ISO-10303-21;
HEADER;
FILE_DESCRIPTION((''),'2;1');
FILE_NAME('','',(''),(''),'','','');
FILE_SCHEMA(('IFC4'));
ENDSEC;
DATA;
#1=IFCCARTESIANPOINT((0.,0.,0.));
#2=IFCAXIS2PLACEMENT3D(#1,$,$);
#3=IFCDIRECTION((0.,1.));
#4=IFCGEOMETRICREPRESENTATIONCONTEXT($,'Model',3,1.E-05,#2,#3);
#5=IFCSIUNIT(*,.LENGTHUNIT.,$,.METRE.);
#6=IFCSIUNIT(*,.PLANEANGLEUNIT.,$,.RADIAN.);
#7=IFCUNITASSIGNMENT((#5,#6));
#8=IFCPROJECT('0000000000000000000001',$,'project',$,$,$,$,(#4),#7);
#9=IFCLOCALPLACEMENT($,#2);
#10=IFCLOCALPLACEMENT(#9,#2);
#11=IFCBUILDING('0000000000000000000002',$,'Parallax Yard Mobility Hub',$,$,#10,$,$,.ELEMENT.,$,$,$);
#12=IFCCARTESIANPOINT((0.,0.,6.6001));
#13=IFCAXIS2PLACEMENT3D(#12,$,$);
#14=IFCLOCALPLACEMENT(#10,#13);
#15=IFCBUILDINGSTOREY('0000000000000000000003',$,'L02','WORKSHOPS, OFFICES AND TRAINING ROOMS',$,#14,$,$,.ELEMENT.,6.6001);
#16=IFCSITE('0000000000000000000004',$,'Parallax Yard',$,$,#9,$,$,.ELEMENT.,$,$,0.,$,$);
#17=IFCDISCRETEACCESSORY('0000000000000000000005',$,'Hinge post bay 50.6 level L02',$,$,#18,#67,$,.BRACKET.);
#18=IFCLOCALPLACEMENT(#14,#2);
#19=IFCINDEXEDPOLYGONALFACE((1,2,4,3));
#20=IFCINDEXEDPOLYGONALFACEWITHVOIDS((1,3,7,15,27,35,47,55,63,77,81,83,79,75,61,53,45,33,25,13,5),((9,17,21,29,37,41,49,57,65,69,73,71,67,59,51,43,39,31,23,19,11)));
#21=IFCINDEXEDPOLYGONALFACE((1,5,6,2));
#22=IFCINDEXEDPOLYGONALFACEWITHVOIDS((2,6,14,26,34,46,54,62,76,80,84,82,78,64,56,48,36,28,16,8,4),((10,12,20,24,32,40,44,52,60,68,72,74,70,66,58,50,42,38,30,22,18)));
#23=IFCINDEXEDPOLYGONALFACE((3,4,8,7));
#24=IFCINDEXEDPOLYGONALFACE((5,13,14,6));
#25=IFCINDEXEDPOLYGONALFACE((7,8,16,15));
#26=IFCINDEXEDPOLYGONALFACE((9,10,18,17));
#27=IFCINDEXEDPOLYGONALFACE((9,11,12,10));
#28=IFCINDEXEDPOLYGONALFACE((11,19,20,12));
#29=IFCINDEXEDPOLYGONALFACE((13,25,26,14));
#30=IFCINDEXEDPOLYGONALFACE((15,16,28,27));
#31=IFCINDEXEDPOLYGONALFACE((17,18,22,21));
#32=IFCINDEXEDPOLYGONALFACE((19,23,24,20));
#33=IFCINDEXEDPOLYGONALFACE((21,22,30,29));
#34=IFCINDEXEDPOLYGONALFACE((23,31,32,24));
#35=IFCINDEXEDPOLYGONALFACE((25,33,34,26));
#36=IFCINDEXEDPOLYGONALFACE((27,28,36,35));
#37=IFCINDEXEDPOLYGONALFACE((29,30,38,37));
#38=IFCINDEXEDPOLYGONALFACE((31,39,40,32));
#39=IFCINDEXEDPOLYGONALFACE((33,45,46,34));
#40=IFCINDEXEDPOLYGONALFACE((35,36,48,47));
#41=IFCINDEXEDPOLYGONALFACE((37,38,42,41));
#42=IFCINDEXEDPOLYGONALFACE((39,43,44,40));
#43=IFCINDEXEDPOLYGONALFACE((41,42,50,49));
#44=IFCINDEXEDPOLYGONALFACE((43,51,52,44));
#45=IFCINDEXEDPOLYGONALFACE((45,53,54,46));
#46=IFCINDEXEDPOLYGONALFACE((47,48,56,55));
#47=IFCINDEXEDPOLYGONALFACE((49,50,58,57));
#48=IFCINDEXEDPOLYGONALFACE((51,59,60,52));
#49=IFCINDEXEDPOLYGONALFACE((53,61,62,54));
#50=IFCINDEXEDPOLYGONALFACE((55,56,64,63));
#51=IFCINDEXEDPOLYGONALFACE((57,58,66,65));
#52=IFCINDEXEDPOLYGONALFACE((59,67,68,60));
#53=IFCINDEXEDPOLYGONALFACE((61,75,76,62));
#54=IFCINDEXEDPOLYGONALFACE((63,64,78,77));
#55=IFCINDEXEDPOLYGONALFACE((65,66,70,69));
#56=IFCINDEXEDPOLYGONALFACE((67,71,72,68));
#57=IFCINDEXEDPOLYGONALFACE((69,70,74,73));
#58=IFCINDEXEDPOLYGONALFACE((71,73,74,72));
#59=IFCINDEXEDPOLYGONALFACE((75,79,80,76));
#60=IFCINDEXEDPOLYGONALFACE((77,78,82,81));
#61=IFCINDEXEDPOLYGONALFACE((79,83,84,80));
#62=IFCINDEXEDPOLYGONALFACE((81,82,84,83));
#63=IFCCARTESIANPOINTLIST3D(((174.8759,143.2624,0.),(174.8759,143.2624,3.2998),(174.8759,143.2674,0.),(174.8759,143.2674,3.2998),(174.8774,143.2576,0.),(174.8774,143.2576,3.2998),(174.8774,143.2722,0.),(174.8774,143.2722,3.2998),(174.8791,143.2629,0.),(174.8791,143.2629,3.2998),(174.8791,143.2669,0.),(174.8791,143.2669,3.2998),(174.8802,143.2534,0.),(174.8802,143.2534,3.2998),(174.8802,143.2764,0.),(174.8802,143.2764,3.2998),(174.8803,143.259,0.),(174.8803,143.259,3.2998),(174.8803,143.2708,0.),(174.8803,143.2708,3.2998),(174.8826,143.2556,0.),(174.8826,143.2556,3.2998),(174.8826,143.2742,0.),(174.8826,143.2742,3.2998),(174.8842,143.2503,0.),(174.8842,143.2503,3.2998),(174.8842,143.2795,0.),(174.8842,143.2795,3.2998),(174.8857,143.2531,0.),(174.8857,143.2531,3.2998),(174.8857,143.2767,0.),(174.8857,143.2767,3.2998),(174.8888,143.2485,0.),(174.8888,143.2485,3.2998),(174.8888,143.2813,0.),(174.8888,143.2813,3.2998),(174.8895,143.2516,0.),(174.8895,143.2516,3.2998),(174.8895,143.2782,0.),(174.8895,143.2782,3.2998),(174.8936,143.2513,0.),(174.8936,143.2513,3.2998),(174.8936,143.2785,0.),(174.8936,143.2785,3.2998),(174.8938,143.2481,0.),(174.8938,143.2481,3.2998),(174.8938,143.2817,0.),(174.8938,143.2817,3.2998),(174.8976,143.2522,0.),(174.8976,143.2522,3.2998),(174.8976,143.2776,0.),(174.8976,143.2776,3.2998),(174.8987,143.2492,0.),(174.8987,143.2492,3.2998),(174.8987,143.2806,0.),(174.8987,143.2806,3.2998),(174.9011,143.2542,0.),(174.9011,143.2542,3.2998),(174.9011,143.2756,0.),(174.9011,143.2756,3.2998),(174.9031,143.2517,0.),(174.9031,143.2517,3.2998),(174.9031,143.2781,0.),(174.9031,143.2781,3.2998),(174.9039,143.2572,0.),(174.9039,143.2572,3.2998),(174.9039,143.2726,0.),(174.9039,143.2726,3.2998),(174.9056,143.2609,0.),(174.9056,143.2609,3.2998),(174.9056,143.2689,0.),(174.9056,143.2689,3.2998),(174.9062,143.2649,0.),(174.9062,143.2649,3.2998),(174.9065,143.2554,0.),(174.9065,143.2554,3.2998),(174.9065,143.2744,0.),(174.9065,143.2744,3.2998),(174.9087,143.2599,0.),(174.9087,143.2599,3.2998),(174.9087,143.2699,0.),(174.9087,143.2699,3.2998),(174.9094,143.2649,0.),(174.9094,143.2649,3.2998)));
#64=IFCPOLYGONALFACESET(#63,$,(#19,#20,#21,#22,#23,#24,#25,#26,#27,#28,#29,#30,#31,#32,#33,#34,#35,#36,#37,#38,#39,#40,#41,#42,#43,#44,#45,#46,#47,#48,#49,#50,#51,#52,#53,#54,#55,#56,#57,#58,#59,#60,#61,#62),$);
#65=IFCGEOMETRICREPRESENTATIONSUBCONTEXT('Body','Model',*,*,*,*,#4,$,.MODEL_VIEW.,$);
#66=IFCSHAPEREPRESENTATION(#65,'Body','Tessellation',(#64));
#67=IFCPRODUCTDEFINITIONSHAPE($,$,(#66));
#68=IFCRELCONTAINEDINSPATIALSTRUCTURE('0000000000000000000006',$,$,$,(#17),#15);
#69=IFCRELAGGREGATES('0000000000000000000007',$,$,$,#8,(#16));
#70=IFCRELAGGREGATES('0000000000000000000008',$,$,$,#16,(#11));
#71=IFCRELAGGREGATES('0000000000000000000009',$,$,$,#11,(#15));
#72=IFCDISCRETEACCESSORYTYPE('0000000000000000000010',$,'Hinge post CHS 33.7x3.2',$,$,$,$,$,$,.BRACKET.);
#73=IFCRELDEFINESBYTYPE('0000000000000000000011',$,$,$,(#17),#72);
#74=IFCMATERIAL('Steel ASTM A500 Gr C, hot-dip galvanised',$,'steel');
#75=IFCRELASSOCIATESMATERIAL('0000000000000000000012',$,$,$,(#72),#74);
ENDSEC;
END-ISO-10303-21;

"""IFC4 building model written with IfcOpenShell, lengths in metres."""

from ifc_helpers import new_model, si_unit, direction, frame, origin, origin_2d, place, context, subcontext, project, spatial, hollow_circle, extrude, material, material_profile, profile_set, type_object, element, save


model = new_model("IFC4")

# Units and contexts
model_context = context("Model", 3, precision=1e-05, world=origin(), true_north=direction((0.0, 1.0)))
body_context = subcontext(model_context, "Body", "Model", "MODEL_VIEW")
ifc_project = project(units=[si_unit("LENGTHUNIT", "METRE"), si_unit("PLANEANGLEUNIT", "RADIAN")], contexts=[model_context])

# Site, building, storey
site_placement = place(None, origin())
site = spatial("IfcSite", under=ifc_project, at=site_placement, Name="Parallax Yard", CompositionType="ELEMENT", RefElevation=0.0)
building_placement = place(site_placement, origin())
building = spatial("IfcBuilding", under=site, at=building_placement, Name="Parallax Yard Mobility Hub", CompositionType="ELEMENT")
storey_placement = place(building_placement, frame((0.0, 0.0, 6.6001)))
storey = spatial("IfcBuildingStorey", under=building, at=storey_placement, Name="L02", Description="WORKSHOPS, OFFICES AND TRAINING ROOMS", CompositionType="ELEMENT", Elevation=6.6001)

# Discrete accessory
ifc_material_1 = material(Name="Steel ASTM A500 Gr C, hot-dip galvanised", Category="steel")
ifc_material_profile = material_profile(ifc_material_1, hollow_circle(Radius=0.0168, WallThickness=0.0032, at=origin_2d()), Name="CHS 33.7x3.2")
ifc_profile_set = profile_set([ifc_material_profile], Name="Steel ASTM A500 Gr C, hot-dip galvanised")
discrete_accessory_type_1 = type_object("IfcDiscreteAccessoryType", Name="Hinge post CHS 33.7x3.2", PredefinedType="BRACKET", material=ifc_profile_set)
for number, where, z_axis, x_axis, name in (
    (1, (174.8926, 143.2649, 0.0), (0.0, 0.0, 1.0), (1.0, 0.0, 0.0), "Hinge post bay 50.6 level L02"),
):
    element("IfcDiscreteAccessory", number, at=place(storey_placement, frame(where, z_axis=z_axis, x_axis=x_axis)), inside=storey, type_object=discrete_accessory_type_1, Name=name, PredefinedType="BRACKET", context=body_context, shape_type="SweptSolid", body=[
        extrude(hollow_circle(Radius=0.0168, WallThickness=0.0032, at=origin_2d()), origin(), (0.0, 0.0, 1.0), 3.2998),
    ])

save(model, "model.ifc")
